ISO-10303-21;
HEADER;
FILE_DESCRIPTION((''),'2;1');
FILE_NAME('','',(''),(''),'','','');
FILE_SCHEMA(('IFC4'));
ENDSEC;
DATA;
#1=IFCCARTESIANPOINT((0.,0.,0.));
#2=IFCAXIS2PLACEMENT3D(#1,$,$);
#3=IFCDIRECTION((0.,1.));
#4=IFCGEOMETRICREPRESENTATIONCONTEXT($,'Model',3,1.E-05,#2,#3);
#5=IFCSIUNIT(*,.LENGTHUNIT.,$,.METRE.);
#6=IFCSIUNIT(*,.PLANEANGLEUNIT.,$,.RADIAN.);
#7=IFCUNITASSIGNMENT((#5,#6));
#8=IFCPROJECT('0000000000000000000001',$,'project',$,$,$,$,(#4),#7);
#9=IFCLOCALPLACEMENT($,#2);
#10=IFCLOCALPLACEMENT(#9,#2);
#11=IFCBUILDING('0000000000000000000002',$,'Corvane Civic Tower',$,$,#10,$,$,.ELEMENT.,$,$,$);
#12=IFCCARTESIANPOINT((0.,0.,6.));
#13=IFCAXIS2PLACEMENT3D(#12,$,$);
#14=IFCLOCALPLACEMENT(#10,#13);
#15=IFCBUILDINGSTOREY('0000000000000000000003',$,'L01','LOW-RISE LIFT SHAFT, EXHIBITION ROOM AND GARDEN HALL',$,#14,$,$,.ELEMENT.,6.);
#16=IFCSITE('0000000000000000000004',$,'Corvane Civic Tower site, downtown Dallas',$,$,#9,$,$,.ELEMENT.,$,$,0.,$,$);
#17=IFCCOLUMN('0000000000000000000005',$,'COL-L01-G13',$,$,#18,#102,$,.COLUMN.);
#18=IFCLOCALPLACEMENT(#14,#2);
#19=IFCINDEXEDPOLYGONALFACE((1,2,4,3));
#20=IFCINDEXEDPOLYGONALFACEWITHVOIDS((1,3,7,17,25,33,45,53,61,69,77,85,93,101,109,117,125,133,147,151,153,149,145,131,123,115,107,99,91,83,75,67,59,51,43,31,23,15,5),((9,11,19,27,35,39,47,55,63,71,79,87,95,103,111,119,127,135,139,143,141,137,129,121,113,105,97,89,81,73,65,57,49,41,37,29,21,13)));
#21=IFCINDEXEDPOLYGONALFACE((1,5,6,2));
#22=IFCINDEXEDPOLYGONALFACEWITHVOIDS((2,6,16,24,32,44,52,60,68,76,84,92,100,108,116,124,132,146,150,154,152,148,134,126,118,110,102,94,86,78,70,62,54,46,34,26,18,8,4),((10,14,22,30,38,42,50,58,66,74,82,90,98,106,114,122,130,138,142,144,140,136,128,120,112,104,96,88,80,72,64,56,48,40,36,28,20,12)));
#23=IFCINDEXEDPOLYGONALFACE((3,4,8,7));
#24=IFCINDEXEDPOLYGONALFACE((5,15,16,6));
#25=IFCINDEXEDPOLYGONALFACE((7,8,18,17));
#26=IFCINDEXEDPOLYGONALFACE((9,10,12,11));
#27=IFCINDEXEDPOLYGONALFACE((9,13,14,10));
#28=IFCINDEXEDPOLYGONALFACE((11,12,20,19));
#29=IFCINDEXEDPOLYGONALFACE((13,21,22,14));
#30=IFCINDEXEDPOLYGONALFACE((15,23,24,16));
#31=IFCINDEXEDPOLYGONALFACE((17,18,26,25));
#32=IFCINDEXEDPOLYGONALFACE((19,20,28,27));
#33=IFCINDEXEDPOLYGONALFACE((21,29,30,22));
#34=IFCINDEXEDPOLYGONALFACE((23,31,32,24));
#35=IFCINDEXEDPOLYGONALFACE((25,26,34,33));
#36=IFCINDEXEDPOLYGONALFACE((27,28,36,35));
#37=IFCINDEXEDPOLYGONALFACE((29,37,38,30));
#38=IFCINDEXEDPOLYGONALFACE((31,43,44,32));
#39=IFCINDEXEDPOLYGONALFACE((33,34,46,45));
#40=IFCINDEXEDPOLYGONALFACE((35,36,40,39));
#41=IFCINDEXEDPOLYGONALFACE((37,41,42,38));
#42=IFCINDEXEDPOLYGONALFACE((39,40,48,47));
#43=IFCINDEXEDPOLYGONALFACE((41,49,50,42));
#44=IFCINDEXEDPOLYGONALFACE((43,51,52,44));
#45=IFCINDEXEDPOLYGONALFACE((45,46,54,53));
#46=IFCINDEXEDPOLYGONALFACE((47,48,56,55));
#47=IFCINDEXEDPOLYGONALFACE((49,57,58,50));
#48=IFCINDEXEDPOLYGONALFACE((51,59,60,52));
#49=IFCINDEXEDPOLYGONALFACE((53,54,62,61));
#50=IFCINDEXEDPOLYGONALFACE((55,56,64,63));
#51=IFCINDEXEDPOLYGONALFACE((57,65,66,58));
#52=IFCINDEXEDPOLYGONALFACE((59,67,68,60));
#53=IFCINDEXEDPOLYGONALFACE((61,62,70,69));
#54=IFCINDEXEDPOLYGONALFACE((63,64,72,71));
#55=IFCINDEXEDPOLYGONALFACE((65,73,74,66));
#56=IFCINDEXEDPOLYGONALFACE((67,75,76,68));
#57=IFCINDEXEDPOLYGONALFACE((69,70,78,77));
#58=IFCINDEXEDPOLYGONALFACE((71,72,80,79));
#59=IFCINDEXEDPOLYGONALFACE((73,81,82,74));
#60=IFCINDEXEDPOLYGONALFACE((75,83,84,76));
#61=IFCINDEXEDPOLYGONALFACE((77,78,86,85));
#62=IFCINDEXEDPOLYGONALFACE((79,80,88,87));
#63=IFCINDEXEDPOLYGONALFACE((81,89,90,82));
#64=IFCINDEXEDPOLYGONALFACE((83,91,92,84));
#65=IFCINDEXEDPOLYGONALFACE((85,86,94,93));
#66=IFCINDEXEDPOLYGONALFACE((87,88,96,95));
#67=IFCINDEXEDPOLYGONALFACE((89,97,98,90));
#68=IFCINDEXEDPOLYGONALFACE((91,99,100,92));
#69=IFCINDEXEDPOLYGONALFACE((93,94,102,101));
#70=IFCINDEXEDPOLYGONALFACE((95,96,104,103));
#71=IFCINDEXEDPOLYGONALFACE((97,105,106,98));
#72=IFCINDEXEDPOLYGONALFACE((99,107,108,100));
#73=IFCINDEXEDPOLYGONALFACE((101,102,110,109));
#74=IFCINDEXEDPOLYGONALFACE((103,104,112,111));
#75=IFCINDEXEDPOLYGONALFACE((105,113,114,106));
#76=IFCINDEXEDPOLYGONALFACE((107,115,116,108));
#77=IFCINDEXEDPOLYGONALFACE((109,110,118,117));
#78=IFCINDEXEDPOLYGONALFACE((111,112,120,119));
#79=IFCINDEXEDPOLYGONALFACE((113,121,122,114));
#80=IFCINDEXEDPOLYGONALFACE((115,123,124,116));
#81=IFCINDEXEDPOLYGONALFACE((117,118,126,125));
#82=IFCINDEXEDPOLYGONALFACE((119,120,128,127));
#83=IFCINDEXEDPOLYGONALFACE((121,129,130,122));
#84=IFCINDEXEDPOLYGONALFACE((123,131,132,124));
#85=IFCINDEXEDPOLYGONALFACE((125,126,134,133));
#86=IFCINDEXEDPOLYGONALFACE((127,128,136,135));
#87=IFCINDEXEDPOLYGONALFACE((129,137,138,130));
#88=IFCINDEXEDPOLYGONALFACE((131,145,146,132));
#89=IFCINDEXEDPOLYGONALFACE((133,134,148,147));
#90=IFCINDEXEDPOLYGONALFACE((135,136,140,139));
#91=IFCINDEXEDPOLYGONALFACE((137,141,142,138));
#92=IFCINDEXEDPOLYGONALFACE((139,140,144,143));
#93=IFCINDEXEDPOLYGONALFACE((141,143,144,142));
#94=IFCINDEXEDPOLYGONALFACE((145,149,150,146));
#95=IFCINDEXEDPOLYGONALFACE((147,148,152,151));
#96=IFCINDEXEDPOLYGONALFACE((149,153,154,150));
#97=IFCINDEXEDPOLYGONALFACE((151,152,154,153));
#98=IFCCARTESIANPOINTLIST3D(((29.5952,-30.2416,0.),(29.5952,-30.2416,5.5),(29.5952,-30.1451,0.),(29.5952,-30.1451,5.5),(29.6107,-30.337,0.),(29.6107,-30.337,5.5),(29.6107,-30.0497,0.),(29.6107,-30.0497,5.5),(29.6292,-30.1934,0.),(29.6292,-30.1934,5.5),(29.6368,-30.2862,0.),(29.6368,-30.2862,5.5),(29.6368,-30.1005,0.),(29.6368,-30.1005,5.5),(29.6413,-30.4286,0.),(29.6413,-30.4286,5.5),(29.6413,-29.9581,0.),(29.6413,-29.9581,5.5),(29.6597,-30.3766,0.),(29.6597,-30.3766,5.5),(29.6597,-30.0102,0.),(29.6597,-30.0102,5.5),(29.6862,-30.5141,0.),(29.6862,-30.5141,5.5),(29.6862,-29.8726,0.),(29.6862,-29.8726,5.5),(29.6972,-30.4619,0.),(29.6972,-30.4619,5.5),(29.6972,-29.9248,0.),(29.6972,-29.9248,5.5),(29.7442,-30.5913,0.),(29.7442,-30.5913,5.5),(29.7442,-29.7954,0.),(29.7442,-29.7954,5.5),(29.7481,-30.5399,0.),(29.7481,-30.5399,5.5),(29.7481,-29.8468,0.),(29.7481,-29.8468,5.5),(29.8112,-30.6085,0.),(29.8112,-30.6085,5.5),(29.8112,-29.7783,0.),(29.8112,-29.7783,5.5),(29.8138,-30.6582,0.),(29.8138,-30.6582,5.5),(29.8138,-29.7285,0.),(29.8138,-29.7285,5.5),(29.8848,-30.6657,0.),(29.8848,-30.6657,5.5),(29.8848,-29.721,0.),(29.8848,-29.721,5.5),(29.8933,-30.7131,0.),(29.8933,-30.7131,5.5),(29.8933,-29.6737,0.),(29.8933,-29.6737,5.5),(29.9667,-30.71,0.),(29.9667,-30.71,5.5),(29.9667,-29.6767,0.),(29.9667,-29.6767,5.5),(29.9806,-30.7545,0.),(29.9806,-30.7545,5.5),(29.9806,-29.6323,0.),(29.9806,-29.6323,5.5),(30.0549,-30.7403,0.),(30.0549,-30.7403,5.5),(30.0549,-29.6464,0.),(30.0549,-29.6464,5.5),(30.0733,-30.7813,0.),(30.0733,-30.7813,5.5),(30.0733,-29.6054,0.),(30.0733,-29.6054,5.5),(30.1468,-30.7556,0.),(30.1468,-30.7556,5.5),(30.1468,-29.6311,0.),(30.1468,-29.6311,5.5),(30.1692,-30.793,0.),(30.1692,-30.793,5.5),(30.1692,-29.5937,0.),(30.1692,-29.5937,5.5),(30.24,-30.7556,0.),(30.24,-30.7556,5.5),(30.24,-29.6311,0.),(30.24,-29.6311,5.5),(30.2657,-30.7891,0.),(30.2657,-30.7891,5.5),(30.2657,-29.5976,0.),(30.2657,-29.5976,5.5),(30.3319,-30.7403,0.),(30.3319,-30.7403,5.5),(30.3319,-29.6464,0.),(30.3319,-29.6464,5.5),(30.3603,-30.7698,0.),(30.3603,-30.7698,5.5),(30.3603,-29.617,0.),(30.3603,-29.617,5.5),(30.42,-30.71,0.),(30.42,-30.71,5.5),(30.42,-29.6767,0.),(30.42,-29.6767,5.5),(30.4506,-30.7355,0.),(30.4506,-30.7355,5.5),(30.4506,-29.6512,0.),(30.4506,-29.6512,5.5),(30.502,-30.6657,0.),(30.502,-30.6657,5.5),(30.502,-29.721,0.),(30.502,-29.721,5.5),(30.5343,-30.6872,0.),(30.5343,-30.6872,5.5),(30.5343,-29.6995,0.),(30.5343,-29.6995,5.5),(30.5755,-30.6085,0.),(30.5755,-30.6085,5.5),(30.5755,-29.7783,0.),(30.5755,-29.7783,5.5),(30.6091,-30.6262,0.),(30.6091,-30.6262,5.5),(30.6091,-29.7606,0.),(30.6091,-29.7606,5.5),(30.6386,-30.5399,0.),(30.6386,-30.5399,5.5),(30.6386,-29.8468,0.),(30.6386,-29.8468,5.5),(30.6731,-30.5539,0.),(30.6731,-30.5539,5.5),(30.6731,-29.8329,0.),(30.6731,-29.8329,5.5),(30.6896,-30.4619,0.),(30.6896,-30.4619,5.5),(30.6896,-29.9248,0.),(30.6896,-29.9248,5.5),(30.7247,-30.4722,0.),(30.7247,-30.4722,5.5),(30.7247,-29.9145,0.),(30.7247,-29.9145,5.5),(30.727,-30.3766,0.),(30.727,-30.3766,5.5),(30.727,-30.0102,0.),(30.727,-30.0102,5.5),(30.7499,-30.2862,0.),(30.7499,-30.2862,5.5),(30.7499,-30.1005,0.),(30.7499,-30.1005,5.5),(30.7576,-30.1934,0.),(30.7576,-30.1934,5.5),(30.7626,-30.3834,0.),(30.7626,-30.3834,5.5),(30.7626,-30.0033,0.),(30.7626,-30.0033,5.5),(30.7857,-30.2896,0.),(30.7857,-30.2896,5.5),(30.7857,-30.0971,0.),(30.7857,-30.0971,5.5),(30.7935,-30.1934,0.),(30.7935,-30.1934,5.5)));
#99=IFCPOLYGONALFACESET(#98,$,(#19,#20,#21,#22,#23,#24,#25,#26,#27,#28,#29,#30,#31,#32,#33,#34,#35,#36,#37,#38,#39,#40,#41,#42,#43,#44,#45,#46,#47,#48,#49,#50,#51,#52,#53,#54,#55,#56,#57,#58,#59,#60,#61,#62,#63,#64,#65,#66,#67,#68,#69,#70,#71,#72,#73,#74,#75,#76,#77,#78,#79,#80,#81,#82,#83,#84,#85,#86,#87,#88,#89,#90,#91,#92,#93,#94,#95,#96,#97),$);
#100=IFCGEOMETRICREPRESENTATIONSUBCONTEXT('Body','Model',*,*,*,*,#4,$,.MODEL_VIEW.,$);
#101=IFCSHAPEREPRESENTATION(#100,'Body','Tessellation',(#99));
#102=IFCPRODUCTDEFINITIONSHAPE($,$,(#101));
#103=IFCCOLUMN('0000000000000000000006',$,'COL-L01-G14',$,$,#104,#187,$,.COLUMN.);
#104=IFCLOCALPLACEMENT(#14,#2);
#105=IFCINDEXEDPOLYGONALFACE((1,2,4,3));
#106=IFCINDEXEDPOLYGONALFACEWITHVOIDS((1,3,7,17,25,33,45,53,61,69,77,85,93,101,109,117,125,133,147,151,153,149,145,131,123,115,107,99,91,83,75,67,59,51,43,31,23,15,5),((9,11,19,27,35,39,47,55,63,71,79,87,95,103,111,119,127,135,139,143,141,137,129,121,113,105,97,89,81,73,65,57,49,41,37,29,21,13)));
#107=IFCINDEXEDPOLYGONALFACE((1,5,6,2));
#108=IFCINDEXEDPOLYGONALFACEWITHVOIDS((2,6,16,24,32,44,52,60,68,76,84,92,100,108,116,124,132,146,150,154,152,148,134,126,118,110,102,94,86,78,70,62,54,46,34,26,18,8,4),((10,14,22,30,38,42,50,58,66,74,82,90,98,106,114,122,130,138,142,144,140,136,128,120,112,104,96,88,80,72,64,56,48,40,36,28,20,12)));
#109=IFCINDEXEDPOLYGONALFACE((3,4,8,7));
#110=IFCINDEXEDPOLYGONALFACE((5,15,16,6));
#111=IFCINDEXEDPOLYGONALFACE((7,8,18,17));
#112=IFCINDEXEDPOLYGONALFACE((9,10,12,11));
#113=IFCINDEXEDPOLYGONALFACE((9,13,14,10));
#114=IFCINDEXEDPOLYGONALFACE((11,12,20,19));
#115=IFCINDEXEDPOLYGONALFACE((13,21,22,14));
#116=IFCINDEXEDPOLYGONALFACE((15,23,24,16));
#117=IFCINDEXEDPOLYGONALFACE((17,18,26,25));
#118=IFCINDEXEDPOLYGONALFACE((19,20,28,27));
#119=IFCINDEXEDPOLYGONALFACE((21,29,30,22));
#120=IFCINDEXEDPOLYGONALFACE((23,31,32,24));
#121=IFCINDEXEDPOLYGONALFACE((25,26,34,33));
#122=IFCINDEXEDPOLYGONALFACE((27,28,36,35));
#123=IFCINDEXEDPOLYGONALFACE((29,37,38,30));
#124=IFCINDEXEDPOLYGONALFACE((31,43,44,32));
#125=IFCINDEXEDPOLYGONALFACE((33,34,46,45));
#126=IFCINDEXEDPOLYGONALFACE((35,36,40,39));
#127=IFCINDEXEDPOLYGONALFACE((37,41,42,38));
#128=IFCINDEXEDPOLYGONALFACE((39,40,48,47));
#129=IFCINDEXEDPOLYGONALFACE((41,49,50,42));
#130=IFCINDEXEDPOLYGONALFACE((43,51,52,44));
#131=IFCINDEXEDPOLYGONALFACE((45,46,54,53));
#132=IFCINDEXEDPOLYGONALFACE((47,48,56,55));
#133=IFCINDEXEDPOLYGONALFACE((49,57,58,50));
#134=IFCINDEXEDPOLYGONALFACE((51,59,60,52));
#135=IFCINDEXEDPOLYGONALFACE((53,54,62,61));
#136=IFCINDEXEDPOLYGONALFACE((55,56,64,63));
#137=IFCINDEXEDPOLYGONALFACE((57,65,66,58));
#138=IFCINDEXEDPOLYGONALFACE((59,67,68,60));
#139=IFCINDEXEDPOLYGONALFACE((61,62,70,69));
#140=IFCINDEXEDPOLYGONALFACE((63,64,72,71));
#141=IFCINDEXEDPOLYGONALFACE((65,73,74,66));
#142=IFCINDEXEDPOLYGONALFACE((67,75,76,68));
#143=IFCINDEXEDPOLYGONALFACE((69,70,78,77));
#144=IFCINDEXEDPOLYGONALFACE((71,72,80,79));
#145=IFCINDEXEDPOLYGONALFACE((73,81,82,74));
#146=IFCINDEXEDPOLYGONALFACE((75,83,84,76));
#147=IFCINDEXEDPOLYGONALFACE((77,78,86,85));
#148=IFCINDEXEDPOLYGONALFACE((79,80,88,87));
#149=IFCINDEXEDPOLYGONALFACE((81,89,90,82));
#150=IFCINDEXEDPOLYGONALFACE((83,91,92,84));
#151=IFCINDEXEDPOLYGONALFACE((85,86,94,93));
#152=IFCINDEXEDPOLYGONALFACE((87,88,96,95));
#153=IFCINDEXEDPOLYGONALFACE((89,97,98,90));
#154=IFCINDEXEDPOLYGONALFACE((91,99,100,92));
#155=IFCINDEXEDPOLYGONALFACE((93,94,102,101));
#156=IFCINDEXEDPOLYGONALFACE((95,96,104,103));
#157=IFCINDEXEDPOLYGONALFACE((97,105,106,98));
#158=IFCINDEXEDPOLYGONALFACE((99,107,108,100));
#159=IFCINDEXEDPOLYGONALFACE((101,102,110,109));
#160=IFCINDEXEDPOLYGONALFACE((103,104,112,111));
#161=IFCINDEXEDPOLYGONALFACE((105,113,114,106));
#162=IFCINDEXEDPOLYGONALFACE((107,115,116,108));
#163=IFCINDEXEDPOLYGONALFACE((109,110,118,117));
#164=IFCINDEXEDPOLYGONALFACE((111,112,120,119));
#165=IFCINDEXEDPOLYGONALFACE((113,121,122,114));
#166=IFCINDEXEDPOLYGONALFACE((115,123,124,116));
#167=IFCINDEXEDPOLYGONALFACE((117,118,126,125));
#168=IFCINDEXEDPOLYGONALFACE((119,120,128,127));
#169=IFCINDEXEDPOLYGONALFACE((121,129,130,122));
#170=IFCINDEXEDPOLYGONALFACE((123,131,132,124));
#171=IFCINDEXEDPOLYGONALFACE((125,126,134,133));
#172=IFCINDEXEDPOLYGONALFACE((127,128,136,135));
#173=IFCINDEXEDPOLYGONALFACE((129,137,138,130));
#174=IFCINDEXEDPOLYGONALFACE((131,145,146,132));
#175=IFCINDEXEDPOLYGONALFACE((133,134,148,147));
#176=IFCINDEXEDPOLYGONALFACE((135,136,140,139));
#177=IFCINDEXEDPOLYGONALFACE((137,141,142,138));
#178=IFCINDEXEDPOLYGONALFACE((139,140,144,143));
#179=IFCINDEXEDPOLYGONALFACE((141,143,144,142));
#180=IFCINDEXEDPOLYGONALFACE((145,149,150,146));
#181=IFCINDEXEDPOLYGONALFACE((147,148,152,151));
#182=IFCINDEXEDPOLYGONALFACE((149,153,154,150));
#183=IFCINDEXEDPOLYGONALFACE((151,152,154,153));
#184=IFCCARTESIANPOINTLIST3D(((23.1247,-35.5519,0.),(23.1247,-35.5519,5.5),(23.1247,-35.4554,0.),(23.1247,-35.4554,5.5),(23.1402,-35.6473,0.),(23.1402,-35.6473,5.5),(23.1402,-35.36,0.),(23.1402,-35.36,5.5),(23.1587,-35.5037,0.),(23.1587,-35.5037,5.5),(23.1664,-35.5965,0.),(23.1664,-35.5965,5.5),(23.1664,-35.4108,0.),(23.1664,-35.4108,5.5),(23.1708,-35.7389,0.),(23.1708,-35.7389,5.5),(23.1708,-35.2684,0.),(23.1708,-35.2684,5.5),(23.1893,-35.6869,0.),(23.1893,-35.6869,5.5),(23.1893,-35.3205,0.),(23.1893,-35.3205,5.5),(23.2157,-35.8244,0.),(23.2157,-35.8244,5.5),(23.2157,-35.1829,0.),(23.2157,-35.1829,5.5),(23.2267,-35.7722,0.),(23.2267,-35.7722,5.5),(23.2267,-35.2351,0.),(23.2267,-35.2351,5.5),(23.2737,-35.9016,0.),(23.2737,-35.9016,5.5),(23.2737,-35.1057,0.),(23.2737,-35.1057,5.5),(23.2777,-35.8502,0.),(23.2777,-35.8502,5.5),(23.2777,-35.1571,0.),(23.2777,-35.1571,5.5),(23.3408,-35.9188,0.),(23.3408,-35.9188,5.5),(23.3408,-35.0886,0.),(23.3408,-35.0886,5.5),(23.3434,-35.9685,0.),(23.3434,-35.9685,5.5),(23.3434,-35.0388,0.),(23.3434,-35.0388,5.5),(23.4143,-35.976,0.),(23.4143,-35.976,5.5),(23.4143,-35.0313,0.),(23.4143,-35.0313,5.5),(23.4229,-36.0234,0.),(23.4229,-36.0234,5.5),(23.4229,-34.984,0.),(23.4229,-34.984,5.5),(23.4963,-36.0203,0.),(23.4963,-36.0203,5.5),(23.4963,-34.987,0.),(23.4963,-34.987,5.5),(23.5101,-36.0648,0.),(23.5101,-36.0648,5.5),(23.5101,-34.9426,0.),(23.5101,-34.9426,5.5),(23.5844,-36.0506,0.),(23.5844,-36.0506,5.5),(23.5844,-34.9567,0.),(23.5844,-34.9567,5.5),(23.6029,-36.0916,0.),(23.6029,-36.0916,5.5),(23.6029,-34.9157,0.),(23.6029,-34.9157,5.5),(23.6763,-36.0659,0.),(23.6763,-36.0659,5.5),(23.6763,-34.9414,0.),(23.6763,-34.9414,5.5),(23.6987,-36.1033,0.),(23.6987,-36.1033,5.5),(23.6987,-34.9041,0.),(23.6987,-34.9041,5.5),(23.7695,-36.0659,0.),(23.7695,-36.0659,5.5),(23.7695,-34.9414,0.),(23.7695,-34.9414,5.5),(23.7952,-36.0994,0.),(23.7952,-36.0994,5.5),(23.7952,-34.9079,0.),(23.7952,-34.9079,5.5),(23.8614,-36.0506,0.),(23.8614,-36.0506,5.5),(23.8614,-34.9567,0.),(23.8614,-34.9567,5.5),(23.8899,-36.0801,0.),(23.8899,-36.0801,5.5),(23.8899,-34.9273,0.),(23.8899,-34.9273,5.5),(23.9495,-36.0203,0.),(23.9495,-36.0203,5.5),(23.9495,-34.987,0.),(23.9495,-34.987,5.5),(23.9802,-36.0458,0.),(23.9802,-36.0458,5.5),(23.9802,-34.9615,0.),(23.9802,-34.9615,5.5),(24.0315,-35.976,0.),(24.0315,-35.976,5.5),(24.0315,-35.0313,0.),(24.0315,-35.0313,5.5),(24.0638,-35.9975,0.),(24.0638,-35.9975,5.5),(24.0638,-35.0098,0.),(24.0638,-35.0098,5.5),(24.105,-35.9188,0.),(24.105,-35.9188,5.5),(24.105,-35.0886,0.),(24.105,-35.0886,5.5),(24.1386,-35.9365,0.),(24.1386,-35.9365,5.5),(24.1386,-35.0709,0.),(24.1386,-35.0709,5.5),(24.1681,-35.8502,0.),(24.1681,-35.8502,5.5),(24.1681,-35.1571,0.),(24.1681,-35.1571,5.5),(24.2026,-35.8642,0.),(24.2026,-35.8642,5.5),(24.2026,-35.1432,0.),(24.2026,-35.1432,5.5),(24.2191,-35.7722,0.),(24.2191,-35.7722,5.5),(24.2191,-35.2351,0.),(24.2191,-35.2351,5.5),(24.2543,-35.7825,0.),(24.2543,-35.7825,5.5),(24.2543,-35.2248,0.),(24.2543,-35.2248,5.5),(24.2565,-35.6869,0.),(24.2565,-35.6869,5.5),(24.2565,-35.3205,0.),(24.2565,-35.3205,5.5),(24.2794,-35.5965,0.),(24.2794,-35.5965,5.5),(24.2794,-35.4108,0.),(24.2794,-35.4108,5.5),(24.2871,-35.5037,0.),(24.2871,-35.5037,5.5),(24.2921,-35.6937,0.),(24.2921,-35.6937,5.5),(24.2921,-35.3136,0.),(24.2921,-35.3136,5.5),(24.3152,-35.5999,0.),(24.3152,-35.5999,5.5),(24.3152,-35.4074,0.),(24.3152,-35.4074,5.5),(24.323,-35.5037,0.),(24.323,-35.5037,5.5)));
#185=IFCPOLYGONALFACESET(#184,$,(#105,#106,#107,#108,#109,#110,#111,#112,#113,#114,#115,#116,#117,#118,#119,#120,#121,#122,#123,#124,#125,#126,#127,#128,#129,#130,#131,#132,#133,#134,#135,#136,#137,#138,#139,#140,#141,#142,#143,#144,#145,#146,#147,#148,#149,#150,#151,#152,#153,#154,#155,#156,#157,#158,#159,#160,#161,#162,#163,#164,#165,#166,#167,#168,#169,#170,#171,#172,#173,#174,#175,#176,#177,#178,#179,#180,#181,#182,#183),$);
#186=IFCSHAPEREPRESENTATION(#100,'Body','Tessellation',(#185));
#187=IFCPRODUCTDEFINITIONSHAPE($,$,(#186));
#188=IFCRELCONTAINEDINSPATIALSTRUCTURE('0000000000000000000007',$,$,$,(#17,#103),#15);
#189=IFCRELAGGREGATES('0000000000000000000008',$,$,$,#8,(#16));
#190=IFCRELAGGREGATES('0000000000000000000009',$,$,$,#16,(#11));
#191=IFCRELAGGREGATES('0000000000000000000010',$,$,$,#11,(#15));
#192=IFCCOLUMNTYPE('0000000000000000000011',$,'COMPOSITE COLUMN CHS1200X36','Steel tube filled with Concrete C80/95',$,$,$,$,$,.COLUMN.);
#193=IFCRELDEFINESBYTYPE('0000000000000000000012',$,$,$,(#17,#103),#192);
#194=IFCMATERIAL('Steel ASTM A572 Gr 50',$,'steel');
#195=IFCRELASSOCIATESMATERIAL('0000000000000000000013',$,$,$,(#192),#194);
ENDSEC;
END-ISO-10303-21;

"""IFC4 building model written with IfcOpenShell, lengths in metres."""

from ifc_helpers import new_model, si_unit, direction, frame, origin, origin_2d, place, context, subcontext, project, spatial, hollow_circle, extrude, material, material_profile, profile_set, type_object, element, save


model = new_model("IFC4")

# Units and contexts
model_context = context("Model", 3, precision=1e-05, world=origin(), true_north=direction((0.0, 1.0)))
body_context = subcontext(model_context, "Body", "Model", "MODEL_VIEW")
ifc_project = project(units=[si_unit("LENGTHUNIT", "METRE"), si_unit("PLANEANGLEUNIT", "RADIAN")], contexts=[model_context])

# Site, building, storey
site_placement = place(None, origin())
site = spatial("IfcSite", under=ifc_project, at=site_placement, Name="Corvane Civic Tower site, downtown Dallas", CompositionType="ELEMENT", RefElevation=0.0)
building_placement = place(site_placement, origin())
building = spatial("IfcBuilding", under=site, at=building_placement, Name="Corvane Civic Tower", CompositionType="ELEMENT")
storey_placement = place(building_placement, frame((0.0, 0.0, 6.0)))
storey = spatial("IfcBuildingStorey", under=building, at=storey_placement, Name="L01", Description="LOW-RISE LIFT SHAFT, EXHIBITION ROOM AND GARDEN HALL", CompositionType="ELEMENT", Elevation=6.0)

# Columns
ifc_material_1 = material(Name="Steel ASTM A572 Gr 50", Category="steel")
ifc_material_profile_1 = material_profile(ifc_material_1, hollow_circle(Radius=0.6001, WallThickness=0.0359, at=origin_2d()), Name="CHS1200X36")
ifc_profile_set_1 = profile_set([ifc_material_profile_1], Name="Steel ASTM A572 Gr 50")
column_type = type_object("IfcColumnType", Name="COMPOSITE COLUMN CHS1200X36", Description="Steel tube filled with Concrete C80/95", PredefinedType="COLUMN", material=ifc_profile_set_1)
for number, where, z_axis, x_axis, name in (
    (1, (30.1934, -30.1934, 0.0), (0.0, 0.0, 1.0), (1.0, 0.0, 0.0), "COL-L01-G13"),
    (2, (23.7229, -35.5037, 0.0), (0.0, 0.0, 1.0), (1.0, 0.0, 0.0), "COL-L01-G14"),
):
    element("IfcColumn", number, at=place(storey_placement, frame(where, z_axis=z_axis, x_axis=x_axis)), inside=storey, type_object=column_type, Name=name, PredefinedType="COLUMN", context=body_context, shape_type="SweptSolid", body=[
        extrude(hollow_circle(Radius=0.6001, WallThickness=0.0359, at=origin_2d()), origin(), (0.0, 0.0, 1.0), 5.5),
    ])

save(model, "model.ifc")
